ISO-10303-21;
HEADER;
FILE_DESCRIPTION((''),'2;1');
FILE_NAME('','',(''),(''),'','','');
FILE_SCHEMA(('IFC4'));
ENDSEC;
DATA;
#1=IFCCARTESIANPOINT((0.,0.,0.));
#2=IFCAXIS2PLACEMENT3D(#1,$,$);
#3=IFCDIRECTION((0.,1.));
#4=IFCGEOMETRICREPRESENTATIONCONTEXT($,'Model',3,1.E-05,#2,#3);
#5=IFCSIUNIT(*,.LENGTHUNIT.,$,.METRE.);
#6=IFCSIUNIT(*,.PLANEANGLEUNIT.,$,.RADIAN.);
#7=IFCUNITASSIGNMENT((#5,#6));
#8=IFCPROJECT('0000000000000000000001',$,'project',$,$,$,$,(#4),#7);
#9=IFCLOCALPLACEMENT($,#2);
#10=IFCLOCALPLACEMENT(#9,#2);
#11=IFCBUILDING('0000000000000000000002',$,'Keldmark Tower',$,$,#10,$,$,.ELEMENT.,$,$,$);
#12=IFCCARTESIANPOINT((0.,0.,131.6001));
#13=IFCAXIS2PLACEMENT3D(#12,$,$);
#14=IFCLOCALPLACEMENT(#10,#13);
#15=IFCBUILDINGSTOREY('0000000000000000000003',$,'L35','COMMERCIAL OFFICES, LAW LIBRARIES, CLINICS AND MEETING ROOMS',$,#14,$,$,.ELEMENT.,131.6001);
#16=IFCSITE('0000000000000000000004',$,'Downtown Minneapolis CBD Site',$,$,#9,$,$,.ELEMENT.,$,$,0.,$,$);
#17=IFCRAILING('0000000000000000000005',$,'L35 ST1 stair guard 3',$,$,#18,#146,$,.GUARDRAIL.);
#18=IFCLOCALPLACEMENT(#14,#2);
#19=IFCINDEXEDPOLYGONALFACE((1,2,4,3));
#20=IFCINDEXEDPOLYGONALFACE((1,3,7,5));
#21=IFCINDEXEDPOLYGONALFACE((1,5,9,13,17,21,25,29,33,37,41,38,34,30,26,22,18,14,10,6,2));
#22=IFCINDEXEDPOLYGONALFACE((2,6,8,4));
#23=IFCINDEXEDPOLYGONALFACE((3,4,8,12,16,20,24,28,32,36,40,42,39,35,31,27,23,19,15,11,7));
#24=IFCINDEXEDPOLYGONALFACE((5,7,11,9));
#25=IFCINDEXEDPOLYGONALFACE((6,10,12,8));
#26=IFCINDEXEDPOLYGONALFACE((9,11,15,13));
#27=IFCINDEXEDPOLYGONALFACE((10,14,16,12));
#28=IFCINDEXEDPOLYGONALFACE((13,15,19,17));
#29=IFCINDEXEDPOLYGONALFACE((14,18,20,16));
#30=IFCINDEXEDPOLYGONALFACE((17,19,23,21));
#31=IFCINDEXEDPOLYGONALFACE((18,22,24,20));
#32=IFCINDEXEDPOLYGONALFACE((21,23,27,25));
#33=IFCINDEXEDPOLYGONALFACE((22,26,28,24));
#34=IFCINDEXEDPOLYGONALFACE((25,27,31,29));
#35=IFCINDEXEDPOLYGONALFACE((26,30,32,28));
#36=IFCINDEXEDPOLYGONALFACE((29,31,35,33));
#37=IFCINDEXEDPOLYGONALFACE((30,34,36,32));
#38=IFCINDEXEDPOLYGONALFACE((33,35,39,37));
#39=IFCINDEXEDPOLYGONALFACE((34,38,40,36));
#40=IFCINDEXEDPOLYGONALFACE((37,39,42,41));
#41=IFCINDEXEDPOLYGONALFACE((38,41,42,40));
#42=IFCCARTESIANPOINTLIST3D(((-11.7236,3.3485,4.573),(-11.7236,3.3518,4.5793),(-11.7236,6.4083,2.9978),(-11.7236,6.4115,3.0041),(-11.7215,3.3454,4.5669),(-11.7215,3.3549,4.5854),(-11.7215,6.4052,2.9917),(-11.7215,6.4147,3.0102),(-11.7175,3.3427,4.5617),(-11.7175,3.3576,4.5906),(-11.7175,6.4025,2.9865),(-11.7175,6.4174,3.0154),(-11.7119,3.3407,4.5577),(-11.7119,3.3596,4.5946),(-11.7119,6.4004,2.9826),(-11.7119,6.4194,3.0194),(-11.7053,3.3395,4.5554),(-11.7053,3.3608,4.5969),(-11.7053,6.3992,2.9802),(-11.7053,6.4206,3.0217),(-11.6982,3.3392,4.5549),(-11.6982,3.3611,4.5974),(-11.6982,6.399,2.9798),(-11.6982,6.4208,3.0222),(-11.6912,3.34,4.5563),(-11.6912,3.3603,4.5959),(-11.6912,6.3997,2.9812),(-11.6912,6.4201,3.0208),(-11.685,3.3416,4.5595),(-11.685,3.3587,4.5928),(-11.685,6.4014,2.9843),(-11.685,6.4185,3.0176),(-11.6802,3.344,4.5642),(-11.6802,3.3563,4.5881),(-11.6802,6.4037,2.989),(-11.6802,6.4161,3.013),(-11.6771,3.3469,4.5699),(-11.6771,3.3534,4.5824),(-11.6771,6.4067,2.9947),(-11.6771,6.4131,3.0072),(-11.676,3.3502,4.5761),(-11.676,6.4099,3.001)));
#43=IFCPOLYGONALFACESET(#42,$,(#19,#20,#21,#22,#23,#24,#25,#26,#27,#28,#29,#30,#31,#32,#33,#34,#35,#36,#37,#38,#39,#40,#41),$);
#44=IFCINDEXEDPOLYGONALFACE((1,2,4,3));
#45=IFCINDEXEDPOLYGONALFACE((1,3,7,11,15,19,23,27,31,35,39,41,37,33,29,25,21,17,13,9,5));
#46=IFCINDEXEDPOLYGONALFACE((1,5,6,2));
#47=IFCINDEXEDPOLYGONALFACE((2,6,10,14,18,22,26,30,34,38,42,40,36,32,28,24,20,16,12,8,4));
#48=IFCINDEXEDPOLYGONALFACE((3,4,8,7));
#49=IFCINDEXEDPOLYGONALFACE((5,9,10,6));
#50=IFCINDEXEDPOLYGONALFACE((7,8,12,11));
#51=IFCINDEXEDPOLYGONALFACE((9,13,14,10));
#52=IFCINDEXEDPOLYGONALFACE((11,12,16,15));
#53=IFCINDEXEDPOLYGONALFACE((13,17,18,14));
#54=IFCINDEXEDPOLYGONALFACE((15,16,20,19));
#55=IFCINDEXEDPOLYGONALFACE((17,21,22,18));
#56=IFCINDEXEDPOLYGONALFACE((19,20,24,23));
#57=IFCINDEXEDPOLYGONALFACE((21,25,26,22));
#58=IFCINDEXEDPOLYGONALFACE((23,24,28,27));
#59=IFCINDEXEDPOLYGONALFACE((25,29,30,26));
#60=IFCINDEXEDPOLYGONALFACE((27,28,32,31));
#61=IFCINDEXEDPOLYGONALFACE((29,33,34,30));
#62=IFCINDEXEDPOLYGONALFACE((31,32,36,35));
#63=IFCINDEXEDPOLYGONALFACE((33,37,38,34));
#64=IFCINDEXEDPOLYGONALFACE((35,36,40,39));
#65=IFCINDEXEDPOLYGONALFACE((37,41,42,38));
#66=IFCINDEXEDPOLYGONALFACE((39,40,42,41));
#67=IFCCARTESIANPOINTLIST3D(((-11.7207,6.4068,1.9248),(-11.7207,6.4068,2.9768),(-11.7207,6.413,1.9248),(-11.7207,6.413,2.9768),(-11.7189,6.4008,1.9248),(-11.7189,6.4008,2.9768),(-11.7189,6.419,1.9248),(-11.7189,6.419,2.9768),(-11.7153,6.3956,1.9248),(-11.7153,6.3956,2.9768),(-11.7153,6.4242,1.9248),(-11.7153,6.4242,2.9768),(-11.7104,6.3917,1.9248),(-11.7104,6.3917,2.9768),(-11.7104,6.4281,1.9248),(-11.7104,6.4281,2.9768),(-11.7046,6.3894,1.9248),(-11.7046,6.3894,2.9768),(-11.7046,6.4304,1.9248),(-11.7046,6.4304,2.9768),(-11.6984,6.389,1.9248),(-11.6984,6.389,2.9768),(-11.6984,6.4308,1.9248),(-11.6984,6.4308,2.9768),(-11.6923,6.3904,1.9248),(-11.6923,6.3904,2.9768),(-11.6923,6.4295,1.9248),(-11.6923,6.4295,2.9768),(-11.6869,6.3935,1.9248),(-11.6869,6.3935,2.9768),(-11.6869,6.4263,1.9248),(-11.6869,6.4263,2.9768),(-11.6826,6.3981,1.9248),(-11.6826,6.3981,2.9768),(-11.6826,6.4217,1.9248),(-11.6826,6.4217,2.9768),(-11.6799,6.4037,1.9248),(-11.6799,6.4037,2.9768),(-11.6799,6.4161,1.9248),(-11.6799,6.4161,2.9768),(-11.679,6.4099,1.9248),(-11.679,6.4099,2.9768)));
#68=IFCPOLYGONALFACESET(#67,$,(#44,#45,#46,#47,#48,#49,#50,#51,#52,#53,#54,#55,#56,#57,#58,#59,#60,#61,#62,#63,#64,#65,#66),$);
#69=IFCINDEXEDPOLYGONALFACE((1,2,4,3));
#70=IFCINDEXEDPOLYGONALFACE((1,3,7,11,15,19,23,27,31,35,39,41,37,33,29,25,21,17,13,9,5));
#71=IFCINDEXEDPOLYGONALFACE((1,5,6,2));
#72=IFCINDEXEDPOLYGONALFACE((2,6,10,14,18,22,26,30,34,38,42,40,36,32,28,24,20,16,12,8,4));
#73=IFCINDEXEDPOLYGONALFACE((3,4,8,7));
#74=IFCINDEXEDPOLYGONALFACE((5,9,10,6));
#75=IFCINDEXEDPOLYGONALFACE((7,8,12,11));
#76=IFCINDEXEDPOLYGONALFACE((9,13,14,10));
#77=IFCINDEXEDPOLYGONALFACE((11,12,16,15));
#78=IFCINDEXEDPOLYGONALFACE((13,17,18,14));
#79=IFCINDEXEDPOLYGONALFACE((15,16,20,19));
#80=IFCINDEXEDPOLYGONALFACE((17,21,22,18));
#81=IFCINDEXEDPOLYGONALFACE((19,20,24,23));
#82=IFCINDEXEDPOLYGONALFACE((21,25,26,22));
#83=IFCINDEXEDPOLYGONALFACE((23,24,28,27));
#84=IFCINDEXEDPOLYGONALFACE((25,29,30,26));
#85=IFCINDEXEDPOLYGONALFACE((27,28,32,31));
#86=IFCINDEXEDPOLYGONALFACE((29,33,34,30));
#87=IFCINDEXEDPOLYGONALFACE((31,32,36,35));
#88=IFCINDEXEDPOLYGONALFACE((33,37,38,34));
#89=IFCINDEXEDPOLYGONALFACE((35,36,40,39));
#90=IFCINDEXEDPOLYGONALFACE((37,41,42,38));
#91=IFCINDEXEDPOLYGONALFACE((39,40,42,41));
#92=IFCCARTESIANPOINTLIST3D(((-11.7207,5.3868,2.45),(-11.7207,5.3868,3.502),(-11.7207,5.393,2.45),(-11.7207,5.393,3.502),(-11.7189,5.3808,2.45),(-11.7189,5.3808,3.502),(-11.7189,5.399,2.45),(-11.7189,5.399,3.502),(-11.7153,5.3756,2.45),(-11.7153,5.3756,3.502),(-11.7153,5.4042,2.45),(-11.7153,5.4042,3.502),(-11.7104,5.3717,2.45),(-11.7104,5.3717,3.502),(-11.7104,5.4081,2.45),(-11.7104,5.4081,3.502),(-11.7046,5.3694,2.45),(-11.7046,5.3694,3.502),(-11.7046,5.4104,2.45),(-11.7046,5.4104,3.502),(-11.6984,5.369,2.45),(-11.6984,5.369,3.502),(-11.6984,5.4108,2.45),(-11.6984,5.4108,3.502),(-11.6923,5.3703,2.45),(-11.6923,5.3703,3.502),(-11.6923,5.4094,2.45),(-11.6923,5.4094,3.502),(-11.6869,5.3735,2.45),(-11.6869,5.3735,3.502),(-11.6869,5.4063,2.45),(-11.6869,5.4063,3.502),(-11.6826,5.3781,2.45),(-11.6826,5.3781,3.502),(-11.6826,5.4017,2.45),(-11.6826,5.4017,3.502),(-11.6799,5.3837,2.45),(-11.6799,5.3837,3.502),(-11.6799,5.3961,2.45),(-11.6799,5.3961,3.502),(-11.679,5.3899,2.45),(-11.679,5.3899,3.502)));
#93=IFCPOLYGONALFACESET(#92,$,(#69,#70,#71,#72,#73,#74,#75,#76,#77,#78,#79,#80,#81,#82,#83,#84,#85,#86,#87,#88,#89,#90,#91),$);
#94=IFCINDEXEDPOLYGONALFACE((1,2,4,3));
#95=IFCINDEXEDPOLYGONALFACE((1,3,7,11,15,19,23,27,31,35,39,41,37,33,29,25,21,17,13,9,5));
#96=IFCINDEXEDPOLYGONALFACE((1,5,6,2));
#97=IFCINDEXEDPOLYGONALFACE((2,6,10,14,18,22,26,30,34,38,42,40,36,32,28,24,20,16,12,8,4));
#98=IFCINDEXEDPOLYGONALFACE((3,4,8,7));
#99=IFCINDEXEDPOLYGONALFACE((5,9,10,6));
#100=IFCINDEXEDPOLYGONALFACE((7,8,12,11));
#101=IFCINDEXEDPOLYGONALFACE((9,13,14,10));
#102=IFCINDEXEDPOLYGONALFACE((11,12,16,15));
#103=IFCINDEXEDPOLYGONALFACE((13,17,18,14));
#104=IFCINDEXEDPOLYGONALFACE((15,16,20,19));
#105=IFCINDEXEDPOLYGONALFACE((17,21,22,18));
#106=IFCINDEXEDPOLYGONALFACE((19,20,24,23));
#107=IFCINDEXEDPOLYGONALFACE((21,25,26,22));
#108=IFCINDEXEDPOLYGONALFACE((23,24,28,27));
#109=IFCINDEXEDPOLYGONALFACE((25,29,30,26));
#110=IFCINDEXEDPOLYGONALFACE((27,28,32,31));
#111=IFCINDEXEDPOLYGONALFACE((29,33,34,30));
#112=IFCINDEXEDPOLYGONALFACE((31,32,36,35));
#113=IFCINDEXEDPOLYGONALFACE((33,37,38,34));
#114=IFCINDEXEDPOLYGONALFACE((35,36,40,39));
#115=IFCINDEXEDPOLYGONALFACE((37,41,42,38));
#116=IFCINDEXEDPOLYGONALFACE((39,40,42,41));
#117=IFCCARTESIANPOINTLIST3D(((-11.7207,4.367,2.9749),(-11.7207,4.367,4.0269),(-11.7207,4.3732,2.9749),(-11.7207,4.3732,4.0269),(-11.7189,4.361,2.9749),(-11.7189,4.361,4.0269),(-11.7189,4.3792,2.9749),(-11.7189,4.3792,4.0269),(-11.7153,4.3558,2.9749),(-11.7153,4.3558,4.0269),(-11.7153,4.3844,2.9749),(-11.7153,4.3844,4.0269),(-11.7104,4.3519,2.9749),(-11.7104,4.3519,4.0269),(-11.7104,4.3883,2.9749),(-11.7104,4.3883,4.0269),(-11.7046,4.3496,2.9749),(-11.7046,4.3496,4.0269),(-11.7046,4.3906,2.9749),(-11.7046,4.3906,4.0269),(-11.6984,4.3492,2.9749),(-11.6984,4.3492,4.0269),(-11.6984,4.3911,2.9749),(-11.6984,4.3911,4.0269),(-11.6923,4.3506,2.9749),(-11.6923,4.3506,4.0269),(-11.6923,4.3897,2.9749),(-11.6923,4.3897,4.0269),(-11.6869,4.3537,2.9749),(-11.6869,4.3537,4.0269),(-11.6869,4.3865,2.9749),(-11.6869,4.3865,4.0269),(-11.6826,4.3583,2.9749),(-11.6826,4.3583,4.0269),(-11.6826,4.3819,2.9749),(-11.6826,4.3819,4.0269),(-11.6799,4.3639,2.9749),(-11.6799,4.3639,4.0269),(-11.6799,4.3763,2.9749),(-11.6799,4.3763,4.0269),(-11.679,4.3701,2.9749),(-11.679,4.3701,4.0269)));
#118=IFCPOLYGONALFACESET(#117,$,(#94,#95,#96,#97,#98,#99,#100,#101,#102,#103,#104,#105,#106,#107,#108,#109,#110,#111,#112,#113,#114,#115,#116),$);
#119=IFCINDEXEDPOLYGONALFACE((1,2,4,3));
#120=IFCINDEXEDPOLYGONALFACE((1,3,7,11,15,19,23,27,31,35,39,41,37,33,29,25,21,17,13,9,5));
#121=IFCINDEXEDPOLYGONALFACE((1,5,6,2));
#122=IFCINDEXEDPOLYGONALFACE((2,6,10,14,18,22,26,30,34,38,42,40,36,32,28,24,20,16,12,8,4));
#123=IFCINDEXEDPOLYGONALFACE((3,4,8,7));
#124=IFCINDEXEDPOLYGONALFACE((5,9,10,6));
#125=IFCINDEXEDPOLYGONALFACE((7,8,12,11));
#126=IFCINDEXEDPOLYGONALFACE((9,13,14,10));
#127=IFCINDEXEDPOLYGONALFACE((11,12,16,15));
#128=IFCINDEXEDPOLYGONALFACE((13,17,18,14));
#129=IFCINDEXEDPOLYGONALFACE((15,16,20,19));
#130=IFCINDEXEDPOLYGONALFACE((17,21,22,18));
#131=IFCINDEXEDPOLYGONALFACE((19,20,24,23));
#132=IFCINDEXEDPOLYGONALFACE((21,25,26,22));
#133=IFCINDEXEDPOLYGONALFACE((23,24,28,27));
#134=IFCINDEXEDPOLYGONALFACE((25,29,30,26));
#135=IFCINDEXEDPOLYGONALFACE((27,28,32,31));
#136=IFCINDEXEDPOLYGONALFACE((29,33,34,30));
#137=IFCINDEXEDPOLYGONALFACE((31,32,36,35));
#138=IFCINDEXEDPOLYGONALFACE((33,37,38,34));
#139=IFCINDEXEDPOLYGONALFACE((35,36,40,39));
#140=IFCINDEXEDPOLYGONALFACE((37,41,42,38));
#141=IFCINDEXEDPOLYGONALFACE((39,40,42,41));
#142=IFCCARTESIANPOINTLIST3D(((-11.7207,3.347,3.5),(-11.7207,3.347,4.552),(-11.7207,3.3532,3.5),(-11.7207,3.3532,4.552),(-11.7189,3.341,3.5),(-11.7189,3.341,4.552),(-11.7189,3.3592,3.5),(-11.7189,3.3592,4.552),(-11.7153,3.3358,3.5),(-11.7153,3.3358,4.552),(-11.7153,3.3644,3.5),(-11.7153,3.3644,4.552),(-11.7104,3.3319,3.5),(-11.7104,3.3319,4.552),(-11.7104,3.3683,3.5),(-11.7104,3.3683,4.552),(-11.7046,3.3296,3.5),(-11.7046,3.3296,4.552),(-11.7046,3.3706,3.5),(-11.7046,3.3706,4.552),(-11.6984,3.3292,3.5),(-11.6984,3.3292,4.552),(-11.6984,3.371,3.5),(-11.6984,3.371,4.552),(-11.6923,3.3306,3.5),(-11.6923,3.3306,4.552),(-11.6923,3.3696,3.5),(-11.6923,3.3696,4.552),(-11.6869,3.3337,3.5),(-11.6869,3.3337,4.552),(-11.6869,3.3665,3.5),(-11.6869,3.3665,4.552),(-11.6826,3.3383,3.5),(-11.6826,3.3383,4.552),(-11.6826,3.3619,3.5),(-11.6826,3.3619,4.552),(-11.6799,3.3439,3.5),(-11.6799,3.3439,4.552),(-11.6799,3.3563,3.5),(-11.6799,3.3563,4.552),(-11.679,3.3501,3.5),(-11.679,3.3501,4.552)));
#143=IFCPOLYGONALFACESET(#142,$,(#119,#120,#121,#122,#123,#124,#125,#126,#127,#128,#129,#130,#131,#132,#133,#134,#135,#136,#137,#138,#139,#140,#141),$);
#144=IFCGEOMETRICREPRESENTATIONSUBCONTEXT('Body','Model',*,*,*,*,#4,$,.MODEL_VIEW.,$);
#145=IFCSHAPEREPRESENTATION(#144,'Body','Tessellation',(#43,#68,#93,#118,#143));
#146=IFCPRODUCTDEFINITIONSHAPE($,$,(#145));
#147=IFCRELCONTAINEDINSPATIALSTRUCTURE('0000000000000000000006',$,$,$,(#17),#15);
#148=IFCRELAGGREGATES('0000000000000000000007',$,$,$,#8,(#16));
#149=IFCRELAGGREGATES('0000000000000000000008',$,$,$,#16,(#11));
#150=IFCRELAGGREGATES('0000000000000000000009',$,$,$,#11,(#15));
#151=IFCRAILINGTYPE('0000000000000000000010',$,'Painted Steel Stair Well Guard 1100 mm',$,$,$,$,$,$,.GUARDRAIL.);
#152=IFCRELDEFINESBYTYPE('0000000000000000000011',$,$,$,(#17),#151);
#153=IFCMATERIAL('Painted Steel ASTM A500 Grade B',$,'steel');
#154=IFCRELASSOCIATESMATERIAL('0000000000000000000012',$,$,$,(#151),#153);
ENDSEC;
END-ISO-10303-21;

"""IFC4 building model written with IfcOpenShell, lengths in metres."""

from ifc_helpers import new_model, si_unit, direction, frame, origin, origin_2d, place, context, subcontext, project, spatial, circle, extrude, material, type_object, element, save


model = new_model("IFC4")

# Units and contexts
model_context = context("Model", 3, precision=1e-05, world=origin(), true_north=direction((0.0, 1.0)))
body_context = subcontext(model_context, "Body", "Model", "MODEL_VIEW")
ifc_project = project(units=[si_unit("LENGTHUNIT", "METRE"), si_unit("PLANEANGLEUNIT", "RADIAN")], contexts=[model_context])

# Site, building, storey
site_placement = place(None, origin())
site = spatial("IfcSite", under=ifc_project, at=site_placement, Name="Downtown Minneapolis CBD Site", CompositionType="ELEMENT", RefElevation=0.0)
building_placement = place(site_placement, origin())
building = spatial("IfcBuilding", under=site, at=building_placement, Name="Keldmark Tower", CompositionType="ELEMENT")
storey_placement = place(building_placement, frame((0.0, 0.0, 131.6001)))
storey = spatial("IfcBuildingStorey", under=building, at=storey_placement, Name="L35", Description="COMMERCIAL OFFICES, LAW LIBRARIES, CLINICS AND MEETING ROOMS", CompositionType="ELEMENT", Elevation=131.6001)

# Railing
ifc_material_1 = material(Name="Painted Steel ASTM A500 Grade B", Category="steel")
railing_type_1 = type_object("IfcRailingType", Name="Painted Steel Stair Well Guard 1100 mm", PredefinedType="GUARDRAIL", material=ifc_material_1)
railing_1_placement = place(storey_placement, frame((-11.7, 6.4099, 1.9248)))
element("IfcRailing", 1, at=railing_1_placement, inside=storey, type_object=railing_type_1, Name="L35 ST1 stair guard 3", PredefinedType="GUARDRAIL", context=body_context, shape_type="SweptSolid", body=[
    extrude(circle(Radius=0.0239, at=origin_2d()), frame((0.0, 0.0, 1.0762), z_axis=(0.0, -0.889101, 0.45771), x_axis=(1.0, 0.0, 0.0)), (0.0, 0.0, 1.0), 3.4414),
    extrude(circle(Radius=0.021, at=origin_2d()), origin(), (0.0, 0.0, 1.0), 1.052),
    extrude(circle(Radius=0.021, at=origin_2d()), frame((0.0, -1.02, 0.5251)), (0.0, 0.0, 1.0), 1.052),
    extrude(circle(Radius=0.021, at=origin_2d()), frame((0.0, -2.0398, 1.05)), (0.0, 0.0, 1.0), 1.052),
    extrude(circle(Radius=0.021, at=origin_2d()), frame((0.0, -3.0598, 1.5752)), (0.0, 0.0, 1.0), 1.052),
])

save(model, "model.ifc")
